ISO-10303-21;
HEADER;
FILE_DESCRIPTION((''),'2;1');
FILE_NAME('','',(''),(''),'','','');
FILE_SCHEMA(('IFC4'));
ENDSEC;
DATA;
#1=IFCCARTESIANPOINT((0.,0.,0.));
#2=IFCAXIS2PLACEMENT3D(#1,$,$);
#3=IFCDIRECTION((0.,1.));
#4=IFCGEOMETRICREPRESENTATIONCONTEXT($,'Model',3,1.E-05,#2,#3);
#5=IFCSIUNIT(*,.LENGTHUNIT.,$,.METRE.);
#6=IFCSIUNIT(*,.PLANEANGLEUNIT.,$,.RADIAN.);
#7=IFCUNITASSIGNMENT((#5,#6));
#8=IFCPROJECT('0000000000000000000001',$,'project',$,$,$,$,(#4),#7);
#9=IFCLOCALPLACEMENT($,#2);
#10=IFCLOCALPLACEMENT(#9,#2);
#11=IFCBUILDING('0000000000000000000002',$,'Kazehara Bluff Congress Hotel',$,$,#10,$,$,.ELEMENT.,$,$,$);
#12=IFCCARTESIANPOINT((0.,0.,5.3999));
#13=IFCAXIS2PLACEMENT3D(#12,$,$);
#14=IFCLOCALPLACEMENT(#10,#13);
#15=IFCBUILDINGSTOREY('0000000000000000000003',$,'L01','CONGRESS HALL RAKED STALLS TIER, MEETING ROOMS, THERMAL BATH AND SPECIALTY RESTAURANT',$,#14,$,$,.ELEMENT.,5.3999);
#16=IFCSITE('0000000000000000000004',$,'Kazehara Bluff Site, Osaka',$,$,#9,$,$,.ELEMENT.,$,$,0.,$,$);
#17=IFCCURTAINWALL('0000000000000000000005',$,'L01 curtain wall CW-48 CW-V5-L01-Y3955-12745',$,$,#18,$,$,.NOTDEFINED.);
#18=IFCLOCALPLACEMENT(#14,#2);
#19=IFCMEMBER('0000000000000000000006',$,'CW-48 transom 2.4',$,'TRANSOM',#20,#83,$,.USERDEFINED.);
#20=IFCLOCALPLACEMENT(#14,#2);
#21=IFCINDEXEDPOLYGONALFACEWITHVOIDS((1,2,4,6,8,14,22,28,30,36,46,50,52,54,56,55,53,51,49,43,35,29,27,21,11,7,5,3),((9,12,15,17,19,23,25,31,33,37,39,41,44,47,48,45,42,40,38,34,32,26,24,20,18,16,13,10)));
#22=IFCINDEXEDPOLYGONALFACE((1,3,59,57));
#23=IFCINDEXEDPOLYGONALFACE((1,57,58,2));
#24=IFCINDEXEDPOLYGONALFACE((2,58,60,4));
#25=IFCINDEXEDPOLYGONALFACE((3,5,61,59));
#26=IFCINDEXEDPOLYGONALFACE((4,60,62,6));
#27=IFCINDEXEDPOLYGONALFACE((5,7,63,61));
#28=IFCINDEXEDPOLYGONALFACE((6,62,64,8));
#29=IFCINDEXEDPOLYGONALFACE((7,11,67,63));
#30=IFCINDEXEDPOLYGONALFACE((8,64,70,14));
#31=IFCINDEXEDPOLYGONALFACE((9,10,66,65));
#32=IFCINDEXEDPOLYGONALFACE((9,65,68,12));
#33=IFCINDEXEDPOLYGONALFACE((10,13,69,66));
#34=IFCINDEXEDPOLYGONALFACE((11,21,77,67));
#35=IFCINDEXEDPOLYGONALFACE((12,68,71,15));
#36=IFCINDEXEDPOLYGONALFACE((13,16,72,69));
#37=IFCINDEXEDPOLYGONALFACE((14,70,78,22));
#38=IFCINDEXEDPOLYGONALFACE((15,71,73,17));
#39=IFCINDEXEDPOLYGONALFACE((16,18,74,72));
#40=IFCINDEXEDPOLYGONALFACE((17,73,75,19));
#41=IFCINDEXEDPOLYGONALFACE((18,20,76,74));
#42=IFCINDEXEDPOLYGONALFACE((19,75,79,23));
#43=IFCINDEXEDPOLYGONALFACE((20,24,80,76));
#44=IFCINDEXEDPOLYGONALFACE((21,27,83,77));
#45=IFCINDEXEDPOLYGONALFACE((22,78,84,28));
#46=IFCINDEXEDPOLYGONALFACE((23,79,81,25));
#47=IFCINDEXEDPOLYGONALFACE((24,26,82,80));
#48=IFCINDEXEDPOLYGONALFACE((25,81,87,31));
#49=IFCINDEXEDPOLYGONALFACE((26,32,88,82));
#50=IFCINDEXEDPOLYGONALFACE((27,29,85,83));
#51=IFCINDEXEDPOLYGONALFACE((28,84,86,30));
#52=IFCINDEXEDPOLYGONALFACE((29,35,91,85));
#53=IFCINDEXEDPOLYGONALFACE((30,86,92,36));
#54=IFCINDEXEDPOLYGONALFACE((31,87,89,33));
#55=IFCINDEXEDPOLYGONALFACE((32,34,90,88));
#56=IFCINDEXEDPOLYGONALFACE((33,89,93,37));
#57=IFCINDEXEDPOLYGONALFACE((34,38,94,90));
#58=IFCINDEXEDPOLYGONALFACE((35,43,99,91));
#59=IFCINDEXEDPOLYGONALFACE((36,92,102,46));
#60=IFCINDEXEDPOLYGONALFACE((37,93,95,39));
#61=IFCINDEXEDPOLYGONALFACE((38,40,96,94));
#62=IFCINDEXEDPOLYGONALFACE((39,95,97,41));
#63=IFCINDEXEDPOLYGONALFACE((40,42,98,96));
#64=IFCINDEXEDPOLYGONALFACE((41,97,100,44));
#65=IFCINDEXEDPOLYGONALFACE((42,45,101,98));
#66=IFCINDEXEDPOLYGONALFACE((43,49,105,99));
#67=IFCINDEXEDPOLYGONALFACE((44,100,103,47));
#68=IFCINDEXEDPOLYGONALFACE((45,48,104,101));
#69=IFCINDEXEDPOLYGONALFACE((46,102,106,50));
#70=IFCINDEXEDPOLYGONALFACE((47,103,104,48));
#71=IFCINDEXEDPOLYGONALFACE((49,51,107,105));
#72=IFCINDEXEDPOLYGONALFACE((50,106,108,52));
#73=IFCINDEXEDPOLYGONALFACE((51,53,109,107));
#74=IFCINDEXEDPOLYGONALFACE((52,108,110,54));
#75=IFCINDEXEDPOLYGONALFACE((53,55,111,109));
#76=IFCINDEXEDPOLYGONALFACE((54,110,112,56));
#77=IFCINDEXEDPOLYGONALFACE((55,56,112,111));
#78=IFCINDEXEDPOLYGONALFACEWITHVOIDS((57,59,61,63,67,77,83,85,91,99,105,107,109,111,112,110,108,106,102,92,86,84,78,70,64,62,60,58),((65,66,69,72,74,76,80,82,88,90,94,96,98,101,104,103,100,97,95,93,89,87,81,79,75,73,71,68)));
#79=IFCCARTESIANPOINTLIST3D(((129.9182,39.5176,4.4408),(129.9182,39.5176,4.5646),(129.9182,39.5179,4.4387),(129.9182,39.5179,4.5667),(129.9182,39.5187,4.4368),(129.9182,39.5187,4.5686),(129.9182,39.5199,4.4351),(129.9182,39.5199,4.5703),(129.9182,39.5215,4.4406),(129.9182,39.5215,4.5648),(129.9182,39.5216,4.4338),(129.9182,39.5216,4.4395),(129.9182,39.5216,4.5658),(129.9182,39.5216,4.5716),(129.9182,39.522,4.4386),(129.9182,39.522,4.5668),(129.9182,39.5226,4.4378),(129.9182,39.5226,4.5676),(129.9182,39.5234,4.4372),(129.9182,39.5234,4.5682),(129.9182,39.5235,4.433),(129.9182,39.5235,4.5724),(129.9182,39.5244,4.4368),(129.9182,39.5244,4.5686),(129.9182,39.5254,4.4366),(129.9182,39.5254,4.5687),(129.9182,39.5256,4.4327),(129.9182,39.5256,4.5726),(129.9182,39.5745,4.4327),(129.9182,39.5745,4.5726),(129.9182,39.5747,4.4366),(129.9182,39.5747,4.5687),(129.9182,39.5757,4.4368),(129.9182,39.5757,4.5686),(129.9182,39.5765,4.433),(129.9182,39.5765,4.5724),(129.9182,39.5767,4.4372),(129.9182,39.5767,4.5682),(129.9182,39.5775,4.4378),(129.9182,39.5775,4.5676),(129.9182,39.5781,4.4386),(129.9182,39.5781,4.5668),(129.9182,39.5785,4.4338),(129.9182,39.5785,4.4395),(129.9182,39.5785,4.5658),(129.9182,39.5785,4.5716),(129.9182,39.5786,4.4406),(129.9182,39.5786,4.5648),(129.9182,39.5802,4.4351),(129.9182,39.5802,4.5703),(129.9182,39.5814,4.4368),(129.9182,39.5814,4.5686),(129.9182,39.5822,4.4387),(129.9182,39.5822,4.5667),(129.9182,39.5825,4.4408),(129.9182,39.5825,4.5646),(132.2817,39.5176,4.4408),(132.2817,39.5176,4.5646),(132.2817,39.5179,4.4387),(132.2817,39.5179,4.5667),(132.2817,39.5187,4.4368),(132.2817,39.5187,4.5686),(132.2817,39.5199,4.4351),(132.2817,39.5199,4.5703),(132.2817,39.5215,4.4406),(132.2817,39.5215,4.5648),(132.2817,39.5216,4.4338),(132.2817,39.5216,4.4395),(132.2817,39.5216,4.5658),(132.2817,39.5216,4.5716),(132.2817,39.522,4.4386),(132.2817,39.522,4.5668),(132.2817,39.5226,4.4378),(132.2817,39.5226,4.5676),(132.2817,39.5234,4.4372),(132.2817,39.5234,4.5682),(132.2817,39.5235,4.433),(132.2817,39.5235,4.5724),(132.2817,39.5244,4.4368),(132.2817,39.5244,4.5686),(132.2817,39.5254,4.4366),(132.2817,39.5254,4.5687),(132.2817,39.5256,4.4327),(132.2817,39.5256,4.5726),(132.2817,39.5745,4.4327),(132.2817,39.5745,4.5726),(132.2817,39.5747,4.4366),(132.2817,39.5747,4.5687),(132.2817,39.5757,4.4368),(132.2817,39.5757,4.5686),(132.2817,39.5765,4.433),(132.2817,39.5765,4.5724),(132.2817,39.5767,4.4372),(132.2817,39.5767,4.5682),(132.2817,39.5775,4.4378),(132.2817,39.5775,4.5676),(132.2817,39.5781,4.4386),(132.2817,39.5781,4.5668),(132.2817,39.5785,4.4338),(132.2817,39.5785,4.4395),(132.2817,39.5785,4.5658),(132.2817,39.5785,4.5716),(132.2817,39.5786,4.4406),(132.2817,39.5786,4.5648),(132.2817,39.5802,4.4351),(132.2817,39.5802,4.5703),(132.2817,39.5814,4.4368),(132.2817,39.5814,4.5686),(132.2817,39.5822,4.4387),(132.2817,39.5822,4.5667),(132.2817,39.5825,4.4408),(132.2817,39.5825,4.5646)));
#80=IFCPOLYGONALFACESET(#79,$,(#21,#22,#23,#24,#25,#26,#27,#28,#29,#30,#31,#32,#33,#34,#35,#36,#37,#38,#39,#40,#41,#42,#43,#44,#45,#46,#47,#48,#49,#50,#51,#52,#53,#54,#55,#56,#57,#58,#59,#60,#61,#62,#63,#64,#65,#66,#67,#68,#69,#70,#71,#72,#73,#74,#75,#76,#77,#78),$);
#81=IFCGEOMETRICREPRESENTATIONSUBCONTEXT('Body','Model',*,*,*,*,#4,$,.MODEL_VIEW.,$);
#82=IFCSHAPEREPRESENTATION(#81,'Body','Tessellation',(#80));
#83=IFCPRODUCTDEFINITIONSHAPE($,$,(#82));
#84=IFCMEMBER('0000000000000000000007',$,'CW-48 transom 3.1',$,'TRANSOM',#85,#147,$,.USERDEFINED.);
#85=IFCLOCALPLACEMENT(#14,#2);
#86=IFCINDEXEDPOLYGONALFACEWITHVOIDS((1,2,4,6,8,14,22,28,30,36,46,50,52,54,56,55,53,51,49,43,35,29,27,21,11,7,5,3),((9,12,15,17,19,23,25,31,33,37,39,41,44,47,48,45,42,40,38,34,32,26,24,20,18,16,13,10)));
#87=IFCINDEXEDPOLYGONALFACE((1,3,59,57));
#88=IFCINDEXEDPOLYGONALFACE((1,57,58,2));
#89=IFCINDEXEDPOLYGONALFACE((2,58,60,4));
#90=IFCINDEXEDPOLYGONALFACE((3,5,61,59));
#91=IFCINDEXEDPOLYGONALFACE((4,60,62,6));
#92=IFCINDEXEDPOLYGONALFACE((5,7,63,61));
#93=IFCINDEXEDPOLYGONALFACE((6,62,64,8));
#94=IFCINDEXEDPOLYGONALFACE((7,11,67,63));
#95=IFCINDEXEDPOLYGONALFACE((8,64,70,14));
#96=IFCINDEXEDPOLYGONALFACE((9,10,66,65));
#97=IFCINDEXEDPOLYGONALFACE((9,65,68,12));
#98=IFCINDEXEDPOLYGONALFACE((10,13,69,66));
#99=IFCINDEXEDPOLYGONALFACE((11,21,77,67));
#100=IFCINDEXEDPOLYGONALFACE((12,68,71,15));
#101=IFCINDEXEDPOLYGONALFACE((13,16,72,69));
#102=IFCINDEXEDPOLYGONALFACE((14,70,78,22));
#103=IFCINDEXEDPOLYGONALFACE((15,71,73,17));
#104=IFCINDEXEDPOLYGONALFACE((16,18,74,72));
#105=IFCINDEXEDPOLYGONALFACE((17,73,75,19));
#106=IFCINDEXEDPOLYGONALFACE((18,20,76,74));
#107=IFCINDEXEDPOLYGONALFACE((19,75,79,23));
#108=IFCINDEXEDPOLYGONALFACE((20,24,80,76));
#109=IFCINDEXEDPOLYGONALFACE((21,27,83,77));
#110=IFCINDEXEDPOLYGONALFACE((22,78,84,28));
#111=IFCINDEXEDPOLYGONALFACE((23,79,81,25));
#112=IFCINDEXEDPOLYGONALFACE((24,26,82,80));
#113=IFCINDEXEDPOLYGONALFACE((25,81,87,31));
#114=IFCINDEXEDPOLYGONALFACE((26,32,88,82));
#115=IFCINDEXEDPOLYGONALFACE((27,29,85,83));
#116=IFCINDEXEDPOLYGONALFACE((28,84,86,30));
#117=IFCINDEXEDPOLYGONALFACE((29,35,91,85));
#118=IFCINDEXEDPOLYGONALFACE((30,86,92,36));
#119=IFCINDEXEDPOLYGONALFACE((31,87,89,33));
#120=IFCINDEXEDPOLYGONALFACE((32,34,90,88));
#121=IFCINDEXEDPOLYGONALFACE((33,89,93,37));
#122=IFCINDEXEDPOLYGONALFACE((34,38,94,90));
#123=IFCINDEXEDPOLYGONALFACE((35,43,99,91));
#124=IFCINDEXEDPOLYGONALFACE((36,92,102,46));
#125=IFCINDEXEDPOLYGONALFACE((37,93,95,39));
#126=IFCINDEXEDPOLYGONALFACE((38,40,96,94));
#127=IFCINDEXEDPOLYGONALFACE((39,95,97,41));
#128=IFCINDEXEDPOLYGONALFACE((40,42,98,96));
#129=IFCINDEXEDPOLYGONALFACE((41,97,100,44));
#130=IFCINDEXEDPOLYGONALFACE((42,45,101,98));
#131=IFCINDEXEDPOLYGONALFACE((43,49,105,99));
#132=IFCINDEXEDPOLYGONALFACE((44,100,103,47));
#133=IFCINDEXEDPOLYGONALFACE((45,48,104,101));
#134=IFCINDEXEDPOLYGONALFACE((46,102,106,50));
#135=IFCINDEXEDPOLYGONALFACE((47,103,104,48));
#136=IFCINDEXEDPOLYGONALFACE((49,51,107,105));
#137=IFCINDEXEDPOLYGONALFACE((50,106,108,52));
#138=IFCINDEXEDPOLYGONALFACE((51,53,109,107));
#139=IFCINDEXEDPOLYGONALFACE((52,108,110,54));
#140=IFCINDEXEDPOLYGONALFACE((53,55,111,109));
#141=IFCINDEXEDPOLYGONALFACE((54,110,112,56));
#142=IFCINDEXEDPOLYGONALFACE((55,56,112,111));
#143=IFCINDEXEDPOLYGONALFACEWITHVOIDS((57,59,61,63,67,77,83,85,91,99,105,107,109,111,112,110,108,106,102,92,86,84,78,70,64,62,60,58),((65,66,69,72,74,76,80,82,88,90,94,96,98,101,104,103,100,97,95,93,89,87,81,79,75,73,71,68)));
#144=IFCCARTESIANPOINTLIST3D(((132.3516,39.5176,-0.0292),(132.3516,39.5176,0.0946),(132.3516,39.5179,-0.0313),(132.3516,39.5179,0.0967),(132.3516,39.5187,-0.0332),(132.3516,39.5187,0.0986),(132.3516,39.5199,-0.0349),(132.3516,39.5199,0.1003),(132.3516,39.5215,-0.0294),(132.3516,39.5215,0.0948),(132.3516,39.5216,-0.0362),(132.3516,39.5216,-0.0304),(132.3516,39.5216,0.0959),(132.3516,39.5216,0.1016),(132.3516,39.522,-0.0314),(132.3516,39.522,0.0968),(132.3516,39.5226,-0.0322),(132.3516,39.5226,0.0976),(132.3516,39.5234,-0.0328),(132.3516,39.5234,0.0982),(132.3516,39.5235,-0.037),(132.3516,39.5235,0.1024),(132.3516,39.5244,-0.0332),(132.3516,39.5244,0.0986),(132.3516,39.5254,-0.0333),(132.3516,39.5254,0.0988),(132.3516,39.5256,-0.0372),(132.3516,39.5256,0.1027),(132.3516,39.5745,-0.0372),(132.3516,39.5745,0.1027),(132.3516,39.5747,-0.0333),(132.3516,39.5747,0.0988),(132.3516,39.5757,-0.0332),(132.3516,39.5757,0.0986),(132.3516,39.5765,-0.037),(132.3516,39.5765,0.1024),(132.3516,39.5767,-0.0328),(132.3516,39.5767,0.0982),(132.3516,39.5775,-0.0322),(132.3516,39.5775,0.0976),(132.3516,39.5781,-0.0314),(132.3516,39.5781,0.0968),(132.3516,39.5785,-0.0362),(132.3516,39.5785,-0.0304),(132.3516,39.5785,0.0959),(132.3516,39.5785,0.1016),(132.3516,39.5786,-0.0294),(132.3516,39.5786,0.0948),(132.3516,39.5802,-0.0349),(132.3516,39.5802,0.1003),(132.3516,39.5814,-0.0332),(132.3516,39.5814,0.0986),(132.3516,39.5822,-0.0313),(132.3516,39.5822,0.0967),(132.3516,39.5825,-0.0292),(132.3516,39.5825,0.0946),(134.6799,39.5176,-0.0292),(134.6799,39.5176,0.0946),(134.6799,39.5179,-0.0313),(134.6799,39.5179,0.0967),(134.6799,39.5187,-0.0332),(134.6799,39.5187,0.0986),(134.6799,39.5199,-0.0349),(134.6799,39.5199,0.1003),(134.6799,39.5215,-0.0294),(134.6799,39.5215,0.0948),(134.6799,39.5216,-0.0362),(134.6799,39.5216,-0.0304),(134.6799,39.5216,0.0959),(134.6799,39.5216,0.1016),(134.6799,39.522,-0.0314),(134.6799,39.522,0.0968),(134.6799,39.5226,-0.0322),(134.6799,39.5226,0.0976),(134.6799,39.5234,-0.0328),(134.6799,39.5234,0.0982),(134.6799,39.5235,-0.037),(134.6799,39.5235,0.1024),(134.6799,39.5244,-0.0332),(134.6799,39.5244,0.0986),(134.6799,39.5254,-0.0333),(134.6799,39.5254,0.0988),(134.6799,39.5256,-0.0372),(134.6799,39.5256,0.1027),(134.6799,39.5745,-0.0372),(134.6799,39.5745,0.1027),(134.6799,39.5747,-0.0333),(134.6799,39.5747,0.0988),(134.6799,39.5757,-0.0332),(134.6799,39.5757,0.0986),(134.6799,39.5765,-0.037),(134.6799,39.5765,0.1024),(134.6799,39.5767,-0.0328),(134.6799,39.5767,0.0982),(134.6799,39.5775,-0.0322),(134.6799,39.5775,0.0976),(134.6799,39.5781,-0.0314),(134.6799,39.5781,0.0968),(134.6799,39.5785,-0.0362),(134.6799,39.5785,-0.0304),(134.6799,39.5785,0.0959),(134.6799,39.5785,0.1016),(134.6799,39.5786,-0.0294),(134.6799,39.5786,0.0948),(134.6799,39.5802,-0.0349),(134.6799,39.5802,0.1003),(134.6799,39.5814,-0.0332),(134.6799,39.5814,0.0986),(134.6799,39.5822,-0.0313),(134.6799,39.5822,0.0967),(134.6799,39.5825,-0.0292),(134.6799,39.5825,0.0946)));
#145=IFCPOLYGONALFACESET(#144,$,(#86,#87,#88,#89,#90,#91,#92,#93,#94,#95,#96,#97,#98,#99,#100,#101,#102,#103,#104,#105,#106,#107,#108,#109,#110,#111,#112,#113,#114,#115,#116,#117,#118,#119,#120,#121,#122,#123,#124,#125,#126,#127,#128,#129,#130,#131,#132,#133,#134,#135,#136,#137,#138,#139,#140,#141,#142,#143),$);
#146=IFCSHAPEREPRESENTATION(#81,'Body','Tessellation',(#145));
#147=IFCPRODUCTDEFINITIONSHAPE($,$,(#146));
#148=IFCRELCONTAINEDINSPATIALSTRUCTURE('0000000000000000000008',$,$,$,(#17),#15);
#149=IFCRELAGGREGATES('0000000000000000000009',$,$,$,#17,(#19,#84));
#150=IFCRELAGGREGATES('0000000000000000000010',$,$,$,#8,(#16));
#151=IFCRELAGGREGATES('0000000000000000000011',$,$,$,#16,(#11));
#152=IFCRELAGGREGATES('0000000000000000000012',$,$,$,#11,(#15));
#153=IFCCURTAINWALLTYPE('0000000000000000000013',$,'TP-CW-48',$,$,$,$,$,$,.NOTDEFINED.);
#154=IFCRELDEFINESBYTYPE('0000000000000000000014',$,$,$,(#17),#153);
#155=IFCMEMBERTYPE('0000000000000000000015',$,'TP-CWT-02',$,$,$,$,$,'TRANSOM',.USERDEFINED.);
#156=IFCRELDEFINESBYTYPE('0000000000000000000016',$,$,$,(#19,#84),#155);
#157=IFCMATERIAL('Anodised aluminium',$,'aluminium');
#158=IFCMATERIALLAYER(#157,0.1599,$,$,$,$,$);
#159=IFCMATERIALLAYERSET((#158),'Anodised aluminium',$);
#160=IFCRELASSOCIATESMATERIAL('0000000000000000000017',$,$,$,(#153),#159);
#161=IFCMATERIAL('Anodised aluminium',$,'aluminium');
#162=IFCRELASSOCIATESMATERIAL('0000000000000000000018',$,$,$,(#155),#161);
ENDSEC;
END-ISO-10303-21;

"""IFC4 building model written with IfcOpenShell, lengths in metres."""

from ifc_helpers import new_model, si_unit, direction, frame, origin, origin_2d, place, context, subcontext, project, spatial, hollow_rectangle, extrude, material, layer, layer_set, material_profile, profile_set, type_object, element, aggregate, save


model = new_model("IFC4")

# Units and contexts
model_context = context("Model", 3, precision=1e-05, world=origin(), true_north=direction((0.0, 1.0)))
body_context = subcontext(model_context, "Body", "Model", "MODEL_VIEW")
ifc_project = project(units=[si_unit("LENGTHUNIT", "METRE"), si_unit("PLANEANGLEUNIT", "RADIAN")], contexts=[model_context])

# Site, building, storey
site_placement = place(None, origin())
site = spatial("IfcSite", under=ifc_project, at=site_placement, Name="Kazehara Bluff Site, Osaka", CompositionType="ELEMENT", RefElevation=0.0)
building_placement = place(site_placement, origin())
building = spatial("IfcBuilding", under=site, at=building_placement, Name="Kazehara Bluff Congress Hotel", CompositionType="ELEMENT")
storey_placement = place(building_placement, frame((0.0, 0.0, 5.3999)))
storey = spatial("IfcBuildingStorey", under=building, at=storey_placement, Name="L01", Description="CONGRESS HALL RAKED STALLS TIER, MEETING ROOMS, THERMAL BATH AND SPECIALTY RESTAURANT", CompositionType="ELEMENT", Elevation=5.3999)

# Shared definitions
ifc_material_1 = material(Name="Anodised aluminium", Category="aluminium")
ifc_layer_1 = layer(ifc_material_1, 0.1599)
ifc_layer_set_1 = layer_set([ifc_layer_1], Name="Anodised aluminium")
curtain_wall_type_1 = type_object("IfcCurtainWallType", Name="TP-CW-48", PredefinedType="NOTDEFINED", material=ifc_layer_set_1)

# Curtain wall
curtain_wall_1_placement = place(storey_placement, origin())
curtain_wall_1 = element("IfcCurtainWall", 1, at=curtain_wall_1_placement, inside=storey, type_object=curtain_wall_type_1, Name="L01 curtain wall CW-48 CW-V5-L01-Y3955-12745", PredefinedType="NOTDEFINED")
ifc_material_2 = material(Name="Anodised aluminium", Category="aluminium")
ifc_material_profile_1 = material_profile(ifc_material_2, hollow_rectangle(XDim=0.0649, YDim=0.1399, WallThickness=0.0039, InnerFilletRadius=0.0039, OuterFilletRadius=0.0081, at=origin_2d()))
ifc_profile_set_1 = profile_set([ifc_material_profile_1], Name="Anodised aluminium")
member_type_1 = type_object("IfcMemberType", Name="TP-CWT-02", ElementType="TRANSOM", PredefinedType="USERDEFINED", material=ifc_profile_set_1)

# Members
member_1_placement = place(storey_placement, frame((129.9182, 39.55, 4.5027), z_axis=(1.0, 0.0, 0.0), x_axis=(0.0, 1.0, 0.0)))
member_1 = element("IfcMember", 2, at=member_1_placement, type_object=member_type_1, Name="CW-48 transom 2.4", ObjectType="TRANSOM", PredefinedType="USERDEFINED", context=body_context, shape_type="SweptSolid", body=[
    extrude(hollow_rectangle(XDim=0.0649, YDim=0.1399, WallThickness=0.0039, InnerFilletRadius=0.0039, OuterFilletRadius=0.0081, at=origin_2d()), origin(), (0.0, 0.0, 1.0), 2.3635),
])
member_2_placement = place(storey_placement, frame((132.3516, 39.55, 0.0327), z_axis=(1.0, 0.0, 0.0), x_axis=(0.0, 1.0, 0.0)))
member_2 = element("IfcMember", 3, at=member_2_placement, type_object=member_type_1, Name="CW-48 transom 3.1", ObjectType="TRANSOM", PredefinedType="USERDEFINED", context=body_context, shape_type="SweptSolid", body=[
    extrude(hollow_rectangle(XDim=0.0649, YDim=0.1399, WallThickness=0.0039, InnerFilletRadius=0.0039, OuterFilletRadius=0.0081, at=origin_2d()), origin(), (0.0, 0.0, 1.0), 2.3284),
])

aggregate(curtain_wall_1, [member_1, member_2])

save(model, "model.ifc")
